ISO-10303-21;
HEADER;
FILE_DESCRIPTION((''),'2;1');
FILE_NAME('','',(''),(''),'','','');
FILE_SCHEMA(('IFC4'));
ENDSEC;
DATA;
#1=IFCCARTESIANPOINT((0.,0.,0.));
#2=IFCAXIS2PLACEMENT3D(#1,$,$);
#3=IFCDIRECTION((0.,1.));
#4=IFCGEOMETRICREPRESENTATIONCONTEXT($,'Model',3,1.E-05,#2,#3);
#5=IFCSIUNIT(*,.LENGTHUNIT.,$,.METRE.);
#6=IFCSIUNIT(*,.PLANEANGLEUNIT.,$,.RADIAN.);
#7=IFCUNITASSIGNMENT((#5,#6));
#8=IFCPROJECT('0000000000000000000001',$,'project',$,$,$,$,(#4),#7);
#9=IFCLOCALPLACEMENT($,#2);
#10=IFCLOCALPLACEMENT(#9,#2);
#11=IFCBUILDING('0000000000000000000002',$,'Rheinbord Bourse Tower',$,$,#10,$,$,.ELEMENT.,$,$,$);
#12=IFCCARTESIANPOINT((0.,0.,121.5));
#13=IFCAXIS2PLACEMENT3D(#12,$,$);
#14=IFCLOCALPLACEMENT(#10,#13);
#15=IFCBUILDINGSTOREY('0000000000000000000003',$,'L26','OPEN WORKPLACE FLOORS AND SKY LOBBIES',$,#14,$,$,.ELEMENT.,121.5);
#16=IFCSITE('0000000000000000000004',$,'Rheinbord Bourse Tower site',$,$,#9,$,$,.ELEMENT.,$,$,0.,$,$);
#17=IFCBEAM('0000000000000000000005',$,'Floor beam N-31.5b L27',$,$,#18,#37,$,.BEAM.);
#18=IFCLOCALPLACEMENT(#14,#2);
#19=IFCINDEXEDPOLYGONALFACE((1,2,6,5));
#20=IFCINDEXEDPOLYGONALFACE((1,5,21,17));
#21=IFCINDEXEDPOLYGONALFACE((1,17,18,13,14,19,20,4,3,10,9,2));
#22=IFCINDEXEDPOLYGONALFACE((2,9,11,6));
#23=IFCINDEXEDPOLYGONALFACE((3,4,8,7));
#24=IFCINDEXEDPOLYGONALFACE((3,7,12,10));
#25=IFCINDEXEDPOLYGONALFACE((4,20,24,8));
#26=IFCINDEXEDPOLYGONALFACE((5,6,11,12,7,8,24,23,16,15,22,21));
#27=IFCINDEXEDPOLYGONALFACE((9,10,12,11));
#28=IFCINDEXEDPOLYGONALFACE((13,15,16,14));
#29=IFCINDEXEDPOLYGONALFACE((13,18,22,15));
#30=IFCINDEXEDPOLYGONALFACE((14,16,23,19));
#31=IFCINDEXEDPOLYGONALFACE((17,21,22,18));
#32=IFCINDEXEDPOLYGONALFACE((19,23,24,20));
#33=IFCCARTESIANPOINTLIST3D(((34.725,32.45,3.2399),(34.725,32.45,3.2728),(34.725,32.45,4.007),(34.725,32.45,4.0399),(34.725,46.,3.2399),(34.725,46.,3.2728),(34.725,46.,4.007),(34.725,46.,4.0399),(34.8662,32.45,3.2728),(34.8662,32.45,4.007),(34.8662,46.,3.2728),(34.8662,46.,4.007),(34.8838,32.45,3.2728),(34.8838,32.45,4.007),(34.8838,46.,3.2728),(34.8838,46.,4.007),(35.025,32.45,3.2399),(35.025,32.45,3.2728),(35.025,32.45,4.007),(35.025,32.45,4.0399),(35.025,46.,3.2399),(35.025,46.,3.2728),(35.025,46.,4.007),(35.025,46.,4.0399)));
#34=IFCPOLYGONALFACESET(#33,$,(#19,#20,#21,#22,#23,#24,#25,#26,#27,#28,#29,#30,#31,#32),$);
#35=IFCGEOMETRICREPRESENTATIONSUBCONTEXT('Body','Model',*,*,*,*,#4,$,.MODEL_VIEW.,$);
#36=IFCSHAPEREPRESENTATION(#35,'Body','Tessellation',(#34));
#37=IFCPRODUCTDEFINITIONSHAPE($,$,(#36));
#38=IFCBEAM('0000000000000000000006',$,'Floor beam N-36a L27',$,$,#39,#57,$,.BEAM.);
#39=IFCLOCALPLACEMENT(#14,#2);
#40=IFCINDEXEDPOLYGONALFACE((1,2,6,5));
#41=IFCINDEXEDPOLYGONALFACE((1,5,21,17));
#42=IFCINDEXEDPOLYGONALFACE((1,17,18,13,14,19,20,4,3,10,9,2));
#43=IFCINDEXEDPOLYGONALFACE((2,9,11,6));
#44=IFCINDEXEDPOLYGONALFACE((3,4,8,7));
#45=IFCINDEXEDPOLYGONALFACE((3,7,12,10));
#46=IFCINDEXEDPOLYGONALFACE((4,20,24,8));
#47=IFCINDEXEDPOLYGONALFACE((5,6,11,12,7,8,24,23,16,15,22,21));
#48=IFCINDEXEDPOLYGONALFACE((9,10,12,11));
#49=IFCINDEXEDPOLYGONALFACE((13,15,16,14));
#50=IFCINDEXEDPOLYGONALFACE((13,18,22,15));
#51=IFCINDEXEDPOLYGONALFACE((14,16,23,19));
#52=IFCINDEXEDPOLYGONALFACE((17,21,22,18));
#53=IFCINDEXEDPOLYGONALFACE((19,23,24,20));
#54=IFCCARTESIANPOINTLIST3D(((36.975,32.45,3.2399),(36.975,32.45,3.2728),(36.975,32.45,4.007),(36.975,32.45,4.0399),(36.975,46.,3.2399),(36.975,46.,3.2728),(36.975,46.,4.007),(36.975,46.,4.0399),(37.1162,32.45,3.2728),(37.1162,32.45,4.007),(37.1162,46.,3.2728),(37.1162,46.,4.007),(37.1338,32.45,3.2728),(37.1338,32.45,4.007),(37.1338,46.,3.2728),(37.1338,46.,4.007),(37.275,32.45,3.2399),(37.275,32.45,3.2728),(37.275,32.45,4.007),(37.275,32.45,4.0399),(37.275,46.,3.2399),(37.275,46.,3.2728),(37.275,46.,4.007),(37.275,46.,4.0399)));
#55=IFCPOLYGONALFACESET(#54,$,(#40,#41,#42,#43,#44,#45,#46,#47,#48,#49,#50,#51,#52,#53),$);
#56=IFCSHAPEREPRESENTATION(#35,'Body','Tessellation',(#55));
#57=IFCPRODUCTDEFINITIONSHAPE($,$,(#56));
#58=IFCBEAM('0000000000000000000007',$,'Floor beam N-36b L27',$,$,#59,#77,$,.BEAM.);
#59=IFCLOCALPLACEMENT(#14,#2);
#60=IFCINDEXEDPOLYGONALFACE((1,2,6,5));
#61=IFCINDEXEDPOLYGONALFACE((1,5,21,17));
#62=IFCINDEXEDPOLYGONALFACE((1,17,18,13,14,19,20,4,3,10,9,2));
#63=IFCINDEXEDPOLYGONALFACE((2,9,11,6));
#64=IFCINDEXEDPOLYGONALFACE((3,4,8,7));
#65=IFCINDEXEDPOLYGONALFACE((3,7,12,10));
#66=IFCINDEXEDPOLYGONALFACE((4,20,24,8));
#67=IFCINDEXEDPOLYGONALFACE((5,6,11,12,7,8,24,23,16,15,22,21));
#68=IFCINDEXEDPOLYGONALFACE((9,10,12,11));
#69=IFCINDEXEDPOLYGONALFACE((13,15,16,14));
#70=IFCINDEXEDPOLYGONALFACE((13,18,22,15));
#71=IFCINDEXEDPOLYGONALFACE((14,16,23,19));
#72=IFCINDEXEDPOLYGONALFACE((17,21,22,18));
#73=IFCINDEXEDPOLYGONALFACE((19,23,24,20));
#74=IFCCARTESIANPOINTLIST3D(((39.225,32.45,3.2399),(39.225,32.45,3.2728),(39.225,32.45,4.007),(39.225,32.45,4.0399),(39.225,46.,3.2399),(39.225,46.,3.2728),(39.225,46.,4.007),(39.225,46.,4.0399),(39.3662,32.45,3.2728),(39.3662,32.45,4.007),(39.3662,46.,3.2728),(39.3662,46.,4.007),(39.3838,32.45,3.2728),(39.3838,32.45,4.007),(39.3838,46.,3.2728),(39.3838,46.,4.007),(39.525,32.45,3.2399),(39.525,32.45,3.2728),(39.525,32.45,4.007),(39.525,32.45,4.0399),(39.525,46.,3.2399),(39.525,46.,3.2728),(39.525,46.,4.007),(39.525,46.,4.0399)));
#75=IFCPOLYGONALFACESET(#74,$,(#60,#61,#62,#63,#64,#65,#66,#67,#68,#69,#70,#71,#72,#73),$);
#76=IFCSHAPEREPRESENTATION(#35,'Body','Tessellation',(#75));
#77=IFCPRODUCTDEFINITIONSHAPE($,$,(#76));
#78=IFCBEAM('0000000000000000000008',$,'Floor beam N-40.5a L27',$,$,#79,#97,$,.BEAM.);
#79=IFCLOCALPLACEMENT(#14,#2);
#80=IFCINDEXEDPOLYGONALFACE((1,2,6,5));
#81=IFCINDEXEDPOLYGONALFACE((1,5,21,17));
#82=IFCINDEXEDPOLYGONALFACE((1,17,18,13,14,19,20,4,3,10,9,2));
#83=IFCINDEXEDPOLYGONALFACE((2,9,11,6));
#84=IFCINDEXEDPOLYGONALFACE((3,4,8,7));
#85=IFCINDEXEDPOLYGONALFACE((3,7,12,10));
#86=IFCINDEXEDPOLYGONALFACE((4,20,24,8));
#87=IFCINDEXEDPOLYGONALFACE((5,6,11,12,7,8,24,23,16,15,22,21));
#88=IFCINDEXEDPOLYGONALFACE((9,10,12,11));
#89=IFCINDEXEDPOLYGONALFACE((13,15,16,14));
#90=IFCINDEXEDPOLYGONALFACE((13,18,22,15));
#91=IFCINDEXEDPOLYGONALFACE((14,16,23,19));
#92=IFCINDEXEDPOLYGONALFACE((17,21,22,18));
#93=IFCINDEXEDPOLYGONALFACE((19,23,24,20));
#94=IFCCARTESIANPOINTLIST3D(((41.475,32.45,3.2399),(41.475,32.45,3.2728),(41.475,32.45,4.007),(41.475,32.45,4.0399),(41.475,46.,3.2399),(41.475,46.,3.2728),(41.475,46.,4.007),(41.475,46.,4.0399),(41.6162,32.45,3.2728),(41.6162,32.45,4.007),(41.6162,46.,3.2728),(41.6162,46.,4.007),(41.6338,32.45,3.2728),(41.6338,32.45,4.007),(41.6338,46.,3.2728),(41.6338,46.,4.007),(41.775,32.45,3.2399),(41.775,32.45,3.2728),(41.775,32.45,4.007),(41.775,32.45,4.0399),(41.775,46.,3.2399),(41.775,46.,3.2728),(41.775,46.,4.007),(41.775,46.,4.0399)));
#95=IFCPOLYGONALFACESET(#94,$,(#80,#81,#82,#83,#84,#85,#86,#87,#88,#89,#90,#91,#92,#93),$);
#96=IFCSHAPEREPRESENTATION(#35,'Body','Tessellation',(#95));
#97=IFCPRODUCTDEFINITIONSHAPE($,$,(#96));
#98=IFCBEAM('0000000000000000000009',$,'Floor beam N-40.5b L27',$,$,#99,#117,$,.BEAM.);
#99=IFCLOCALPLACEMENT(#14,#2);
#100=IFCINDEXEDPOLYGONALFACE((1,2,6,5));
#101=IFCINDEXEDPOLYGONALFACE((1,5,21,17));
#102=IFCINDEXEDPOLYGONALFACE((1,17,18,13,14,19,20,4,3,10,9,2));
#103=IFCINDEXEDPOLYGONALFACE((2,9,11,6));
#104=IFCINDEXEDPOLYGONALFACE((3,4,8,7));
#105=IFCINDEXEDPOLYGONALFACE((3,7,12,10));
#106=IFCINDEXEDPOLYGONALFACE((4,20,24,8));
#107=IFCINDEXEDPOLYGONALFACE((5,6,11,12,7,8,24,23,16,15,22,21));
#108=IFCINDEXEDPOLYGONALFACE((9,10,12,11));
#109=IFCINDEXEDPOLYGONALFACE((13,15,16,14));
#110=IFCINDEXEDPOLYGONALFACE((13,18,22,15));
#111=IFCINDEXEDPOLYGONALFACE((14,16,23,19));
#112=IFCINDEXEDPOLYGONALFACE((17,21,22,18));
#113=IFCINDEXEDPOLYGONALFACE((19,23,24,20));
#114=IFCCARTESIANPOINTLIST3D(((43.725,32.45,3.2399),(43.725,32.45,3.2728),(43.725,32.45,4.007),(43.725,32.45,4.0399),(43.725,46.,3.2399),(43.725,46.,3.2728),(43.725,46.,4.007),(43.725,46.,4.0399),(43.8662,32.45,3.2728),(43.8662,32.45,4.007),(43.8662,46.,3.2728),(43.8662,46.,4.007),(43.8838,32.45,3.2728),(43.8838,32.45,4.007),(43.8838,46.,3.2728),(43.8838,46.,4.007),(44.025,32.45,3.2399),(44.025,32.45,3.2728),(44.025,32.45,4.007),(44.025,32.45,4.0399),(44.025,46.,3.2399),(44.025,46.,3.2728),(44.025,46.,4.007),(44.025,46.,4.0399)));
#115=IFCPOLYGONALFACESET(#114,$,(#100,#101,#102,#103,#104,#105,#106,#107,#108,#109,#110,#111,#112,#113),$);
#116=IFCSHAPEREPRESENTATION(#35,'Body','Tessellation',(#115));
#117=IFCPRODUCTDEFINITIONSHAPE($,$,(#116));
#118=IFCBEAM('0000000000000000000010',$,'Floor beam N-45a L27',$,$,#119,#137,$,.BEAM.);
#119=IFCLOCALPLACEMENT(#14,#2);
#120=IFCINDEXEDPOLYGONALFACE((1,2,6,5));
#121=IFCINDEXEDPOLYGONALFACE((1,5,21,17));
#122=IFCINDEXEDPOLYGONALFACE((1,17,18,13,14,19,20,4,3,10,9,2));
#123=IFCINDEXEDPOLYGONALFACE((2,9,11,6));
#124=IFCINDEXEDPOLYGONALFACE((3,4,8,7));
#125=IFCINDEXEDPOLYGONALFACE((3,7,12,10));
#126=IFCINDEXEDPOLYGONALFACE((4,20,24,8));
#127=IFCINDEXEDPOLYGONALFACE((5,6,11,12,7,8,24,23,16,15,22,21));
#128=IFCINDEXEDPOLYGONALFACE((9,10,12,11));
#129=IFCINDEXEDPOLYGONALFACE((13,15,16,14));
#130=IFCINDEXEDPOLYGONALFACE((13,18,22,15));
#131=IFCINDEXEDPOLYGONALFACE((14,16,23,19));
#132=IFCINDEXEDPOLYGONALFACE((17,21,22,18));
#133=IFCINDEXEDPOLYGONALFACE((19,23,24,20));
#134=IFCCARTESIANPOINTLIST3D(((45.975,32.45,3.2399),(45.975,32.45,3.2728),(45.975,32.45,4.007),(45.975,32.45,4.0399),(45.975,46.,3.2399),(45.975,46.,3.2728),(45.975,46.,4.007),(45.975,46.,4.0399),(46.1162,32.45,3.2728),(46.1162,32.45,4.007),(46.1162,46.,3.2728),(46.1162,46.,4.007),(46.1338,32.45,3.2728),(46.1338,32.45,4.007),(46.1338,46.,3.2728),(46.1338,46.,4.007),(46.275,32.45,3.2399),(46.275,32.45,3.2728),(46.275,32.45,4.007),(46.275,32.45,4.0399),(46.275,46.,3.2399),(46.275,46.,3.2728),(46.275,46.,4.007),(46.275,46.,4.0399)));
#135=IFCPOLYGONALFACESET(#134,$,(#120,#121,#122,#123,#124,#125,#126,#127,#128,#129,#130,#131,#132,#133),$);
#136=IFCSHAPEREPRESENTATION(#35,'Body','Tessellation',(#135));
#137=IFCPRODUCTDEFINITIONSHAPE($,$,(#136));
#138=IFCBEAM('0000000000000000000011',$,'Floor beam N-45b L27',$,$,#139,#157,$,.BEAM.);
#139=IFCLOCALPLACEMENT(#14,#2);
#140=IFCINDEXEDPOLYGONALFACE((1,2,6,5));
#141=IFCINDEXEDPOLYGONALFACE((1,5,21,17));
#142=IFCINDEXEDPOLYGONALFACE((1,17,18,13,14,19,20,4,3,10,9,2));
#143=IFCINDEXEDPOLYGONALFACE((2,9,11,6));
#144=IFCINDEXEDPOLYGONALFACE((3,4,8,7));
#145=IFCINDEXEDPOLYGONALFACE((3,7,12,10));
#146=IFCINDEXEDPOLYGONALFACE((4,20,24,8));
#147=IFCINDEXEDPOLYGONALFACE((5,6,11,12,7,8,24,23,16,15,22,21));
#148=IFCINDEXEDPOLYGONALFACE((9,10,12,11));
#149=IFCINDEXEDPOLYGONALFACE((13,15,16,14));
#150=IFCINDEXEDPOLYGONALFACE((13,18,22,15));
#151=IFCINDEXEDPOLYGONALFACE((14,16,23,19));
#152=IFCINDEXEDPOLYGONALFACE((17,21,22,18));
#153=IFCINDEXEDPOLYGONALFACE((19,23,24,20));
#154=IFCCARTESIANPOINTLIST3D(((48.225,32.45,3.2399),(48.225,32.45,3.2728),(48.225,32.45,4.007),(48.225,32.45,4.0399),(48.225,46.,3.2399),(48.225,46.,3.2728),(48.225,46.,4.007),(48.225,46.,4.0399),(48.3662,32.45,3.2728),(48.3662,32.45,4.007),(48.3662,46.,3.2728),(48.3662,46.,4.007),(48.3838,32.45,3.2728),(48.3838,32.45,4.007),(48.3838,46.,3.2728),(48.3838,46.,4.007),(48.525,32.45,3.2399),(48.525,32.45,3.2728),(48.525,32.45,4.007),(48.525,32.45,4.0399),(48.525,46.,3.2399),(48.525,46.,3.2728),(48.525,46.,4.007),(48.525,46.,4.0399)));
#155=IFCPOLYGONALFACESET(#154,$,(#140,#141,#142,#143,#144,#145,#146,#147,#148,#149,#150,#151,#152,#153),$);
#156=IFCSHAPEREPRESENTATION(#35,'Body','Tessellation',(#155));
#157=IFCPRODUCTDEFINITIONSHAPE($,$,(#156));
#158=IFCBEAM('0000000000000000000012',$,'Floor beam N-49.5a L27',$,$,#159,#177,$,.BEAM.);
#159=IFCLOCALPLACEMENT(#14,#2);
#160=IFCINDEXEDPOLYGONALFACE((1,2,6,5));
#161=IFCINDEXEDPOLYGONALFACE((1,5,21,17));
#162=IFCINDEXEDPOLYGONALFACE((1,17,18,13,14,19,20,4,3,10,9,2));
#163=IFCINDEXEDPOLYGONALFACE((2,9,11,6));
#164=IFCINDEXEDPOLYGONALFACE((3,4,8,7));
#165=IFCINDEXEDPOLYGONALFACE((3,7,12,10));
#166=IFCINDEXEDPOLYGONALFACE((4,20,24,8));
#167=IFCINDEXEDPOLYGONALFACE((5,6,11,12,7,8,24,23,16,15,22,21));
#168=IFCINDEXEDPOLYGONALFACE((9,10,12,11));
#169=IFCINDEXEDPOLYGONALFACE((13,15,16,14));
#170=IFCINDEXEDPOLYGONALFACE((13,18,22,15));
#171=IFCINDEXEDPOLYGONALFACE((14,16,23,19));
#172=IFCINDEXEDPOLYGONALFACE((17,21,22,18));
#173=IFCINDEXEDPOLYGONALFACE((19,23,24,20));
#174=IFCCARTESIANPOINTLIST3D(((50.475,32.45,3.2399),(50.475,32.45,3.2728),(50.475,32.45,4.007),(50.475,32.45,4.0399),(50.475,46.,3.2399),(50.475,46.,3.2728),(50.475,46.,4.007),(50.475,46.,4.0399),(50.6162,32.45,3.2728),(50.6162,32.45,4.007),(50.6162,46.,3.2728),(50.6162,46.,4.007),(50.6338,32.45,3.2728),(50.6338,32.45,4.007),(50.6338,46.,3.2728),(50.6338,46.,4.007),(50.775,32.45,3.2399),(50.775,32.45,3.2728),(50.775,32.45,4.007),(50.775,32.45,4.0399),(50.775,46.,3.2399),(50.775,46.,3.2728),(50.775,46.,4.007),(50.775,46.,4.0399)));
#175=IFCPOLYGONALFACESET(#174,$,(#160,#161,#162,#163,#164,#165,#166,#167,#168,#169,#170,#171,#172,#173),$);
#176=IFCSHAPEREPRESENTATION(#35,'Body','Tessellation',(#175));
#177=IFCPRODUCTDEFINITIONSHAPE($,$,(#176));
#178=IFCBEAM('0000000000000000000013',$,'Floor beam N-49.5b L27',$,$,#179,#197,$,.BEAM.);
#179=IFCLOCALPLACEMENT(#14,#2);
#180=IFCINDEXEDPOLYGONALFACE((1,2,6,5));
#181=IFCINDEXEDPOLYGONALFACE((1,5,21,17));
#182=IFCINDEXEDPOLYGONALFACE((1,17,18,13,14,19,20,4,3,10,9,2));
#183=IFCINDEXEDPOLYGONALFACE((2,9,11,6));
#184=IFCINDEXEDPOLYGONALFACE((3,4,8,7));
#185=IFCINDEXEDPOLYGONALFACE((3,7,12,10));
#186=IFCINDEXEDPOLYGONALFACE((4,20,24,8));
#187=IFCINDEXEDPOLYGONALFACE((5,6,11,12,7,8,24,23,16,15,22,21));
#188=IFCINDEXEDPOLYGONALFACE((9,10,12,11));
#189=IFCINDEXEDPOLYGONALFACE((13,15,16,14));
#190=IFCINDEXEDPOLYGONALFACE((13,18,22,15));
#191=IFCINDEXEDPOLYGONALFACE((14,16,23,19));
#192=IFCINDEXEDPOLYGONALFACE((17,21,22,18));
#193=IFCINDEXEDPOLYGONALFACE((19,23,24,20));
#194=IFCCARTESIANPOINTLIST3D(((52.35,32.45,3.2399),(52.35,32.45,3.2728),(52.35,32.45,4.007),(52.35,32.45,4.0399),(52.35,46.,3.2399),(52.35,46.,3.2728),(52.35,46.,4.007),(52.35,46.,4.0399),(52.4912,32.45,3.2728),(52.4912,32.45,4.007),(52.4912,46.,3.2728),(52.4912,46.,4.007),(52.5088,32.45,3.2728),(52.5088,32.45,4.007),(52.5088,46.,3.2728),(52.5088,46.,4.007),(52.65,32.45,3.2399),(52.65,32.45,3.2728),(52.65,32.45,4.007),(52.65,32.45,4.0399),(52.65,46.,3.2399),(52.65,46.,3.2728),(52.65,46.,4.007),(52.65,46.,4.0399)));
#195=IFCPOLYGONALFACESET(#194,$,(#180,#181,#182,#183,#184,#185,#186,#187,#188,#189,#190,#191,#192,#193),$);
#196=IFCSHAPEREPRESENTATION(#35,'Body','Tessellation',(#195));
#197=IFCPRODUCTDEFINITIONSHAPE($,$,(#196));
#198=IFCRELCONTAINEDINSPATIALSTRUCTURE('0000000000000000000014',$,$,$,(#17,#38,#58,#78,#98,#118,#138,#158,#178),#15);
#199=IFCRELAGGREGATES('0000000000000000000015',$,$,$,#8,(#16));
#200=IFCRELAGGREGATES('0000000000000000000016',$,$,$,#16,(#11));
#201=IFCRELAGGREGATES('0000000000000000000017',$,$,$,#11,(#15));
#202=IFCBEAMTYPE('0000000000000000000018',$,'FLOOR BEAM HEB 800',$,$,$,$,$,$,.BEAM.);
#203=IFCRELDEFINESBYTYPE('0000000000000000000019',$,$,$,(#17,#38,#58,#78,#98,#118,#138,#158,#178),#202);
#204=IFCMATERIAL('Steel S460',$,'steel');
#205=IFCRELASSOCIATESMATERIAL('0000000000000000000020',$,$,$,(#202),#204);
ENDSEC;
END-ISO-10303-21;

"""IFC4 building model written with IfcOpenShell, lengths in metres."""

from ifc_helpers import new_model, si_unit, direction, frame, origin, origin_2d, place, context, subcontext, project, spatial, i_section, extrude, material, material_profile, profile_set, type_object, element, save


model = new_model("IFC4")

# Units and contexts
model_context = context("Model", 3, precision=1e-05, world=origin(), true_north=direction((0.0, 1.0)))
body_context = subcontext(model_context, "Body", "Model", "MODEL_VIEW")
ifc_project = project(units=[si_unit("LENGTHUNIT", "METRE"), si_unit("PLANEANGLEUNIT", "RADIAN")], contexts=[model_context])

# Site, building, storey
site_placement = place(None, origin())
site = spatial("IfcSite", under=ifc_project, at=site_placement, Name="Rheinbord Bourse Tower site", CompositionType="ELEMENT", RefElevation=0.0)
building_placement = place(site_placement, origin())
building = spatial("IfcBuilding", under=site, at=building_placement, Name="Rheinbord Bourse Tower", CompositionType="ELEMENT")
storey_placement = place(building_placement, frame((0.0, 0.0, 121.5)))
storey = spatial("IfcBuildingStorey", under=building, at=storey_placement, Name="L26", Description="OPEN WORKPLACE FLOORS AND SKY LOBBIES", CompositionType="ELEMENT", Elevation=121.5)

# Beams
ifc_material_1 = material(Name="Steel S460", Category="steel")
ifc_material_profile_1 = material_profile(ifc_material_1, i_section(OverallWidth=0.3, OverallDepth=0.8, WebThickness=0.0176, FlangeThickness=0.033, at=origin_2d()), Name="HEB 800")
ifc_profile_set_1 = profile_set([ifc_material_profile_1], Name="Steel S460")
beam_type_1 = type_object("IfcBeamType", Name="FLOOR BEAM HEB 800", PredefinedType="BEAM", material=ifc_profile_set_1)
for number, where, z_axis, x_axis, name in (
    (1, (34.875, 46.0, 3.6399), (0.0, -1.0, 0.0), (1.0, 0.0, 0.0), "Floor beam N-31.5b L27"),
    (2, (37.125, 46.0, 3.6399), (0.0, -1.0, 0.0), (1.0, 0.0, 0.0), "Floor beam N-36a L27"),
    (3, (39.375, 46.0, 3.6399), (0.0, -1.0, 0.0), (1.0, 0.0, 0.0), "Floor beam N-36b L27"),
    (4, (41.625, 46.0, 3.6399), (0.0, -1.0, 0.0), (1.0, 0.0, 0.0), "Floor beam N-40.5a L27"),
    (5, (43.875, 46.0, 3.6399), (0.0, -1.0, 0.0), (1.0, 0.0, 0.0), "Floor beam N-40.5b L27"),
    (6, (46.125, 46.0, 3.6399), (0.0, -1.0, 0.0), (1.0, 0.0, 0.0), "Floor beam N-45a L27"),
    (7, (48.375, 46.0, 3.6399), (0.0, -1.0, 0.0), (1.0, 0.0, 0.0), "Floor beam N-45b L27"),
    (8, (50.625, 46.0, 3.6399), (0.0, -1.0, 0.0), (1.0, 0.0, 0.0), "Floor beam N-49.5a L27"),
    (9, (52.5, 46.0, 3.6399), (0.0, -1.0, 0.0), (1.0, 0.0, 0.0), "Floor beam N-49.5b L27"),
):
    element("IfcBeam", number, at=place(storey_placement, frame(where, z_axis=z_axis, x_axis=x_axis)), inside=storey, type_object=beam_type_1, Name=name, PredefinedType="BEAM", context=body_context, shape_type="SweptSolid", body=[
        extrude(i_section(OverallWidth=0.3, OverallDepth=0.8, WebThickness=0.0176, FlangeThickness=0.033, at=origin_2d()), origin(), (0.0, 0.0, 1.0), 13.55),
    ])

save(model, "model.ifc")
